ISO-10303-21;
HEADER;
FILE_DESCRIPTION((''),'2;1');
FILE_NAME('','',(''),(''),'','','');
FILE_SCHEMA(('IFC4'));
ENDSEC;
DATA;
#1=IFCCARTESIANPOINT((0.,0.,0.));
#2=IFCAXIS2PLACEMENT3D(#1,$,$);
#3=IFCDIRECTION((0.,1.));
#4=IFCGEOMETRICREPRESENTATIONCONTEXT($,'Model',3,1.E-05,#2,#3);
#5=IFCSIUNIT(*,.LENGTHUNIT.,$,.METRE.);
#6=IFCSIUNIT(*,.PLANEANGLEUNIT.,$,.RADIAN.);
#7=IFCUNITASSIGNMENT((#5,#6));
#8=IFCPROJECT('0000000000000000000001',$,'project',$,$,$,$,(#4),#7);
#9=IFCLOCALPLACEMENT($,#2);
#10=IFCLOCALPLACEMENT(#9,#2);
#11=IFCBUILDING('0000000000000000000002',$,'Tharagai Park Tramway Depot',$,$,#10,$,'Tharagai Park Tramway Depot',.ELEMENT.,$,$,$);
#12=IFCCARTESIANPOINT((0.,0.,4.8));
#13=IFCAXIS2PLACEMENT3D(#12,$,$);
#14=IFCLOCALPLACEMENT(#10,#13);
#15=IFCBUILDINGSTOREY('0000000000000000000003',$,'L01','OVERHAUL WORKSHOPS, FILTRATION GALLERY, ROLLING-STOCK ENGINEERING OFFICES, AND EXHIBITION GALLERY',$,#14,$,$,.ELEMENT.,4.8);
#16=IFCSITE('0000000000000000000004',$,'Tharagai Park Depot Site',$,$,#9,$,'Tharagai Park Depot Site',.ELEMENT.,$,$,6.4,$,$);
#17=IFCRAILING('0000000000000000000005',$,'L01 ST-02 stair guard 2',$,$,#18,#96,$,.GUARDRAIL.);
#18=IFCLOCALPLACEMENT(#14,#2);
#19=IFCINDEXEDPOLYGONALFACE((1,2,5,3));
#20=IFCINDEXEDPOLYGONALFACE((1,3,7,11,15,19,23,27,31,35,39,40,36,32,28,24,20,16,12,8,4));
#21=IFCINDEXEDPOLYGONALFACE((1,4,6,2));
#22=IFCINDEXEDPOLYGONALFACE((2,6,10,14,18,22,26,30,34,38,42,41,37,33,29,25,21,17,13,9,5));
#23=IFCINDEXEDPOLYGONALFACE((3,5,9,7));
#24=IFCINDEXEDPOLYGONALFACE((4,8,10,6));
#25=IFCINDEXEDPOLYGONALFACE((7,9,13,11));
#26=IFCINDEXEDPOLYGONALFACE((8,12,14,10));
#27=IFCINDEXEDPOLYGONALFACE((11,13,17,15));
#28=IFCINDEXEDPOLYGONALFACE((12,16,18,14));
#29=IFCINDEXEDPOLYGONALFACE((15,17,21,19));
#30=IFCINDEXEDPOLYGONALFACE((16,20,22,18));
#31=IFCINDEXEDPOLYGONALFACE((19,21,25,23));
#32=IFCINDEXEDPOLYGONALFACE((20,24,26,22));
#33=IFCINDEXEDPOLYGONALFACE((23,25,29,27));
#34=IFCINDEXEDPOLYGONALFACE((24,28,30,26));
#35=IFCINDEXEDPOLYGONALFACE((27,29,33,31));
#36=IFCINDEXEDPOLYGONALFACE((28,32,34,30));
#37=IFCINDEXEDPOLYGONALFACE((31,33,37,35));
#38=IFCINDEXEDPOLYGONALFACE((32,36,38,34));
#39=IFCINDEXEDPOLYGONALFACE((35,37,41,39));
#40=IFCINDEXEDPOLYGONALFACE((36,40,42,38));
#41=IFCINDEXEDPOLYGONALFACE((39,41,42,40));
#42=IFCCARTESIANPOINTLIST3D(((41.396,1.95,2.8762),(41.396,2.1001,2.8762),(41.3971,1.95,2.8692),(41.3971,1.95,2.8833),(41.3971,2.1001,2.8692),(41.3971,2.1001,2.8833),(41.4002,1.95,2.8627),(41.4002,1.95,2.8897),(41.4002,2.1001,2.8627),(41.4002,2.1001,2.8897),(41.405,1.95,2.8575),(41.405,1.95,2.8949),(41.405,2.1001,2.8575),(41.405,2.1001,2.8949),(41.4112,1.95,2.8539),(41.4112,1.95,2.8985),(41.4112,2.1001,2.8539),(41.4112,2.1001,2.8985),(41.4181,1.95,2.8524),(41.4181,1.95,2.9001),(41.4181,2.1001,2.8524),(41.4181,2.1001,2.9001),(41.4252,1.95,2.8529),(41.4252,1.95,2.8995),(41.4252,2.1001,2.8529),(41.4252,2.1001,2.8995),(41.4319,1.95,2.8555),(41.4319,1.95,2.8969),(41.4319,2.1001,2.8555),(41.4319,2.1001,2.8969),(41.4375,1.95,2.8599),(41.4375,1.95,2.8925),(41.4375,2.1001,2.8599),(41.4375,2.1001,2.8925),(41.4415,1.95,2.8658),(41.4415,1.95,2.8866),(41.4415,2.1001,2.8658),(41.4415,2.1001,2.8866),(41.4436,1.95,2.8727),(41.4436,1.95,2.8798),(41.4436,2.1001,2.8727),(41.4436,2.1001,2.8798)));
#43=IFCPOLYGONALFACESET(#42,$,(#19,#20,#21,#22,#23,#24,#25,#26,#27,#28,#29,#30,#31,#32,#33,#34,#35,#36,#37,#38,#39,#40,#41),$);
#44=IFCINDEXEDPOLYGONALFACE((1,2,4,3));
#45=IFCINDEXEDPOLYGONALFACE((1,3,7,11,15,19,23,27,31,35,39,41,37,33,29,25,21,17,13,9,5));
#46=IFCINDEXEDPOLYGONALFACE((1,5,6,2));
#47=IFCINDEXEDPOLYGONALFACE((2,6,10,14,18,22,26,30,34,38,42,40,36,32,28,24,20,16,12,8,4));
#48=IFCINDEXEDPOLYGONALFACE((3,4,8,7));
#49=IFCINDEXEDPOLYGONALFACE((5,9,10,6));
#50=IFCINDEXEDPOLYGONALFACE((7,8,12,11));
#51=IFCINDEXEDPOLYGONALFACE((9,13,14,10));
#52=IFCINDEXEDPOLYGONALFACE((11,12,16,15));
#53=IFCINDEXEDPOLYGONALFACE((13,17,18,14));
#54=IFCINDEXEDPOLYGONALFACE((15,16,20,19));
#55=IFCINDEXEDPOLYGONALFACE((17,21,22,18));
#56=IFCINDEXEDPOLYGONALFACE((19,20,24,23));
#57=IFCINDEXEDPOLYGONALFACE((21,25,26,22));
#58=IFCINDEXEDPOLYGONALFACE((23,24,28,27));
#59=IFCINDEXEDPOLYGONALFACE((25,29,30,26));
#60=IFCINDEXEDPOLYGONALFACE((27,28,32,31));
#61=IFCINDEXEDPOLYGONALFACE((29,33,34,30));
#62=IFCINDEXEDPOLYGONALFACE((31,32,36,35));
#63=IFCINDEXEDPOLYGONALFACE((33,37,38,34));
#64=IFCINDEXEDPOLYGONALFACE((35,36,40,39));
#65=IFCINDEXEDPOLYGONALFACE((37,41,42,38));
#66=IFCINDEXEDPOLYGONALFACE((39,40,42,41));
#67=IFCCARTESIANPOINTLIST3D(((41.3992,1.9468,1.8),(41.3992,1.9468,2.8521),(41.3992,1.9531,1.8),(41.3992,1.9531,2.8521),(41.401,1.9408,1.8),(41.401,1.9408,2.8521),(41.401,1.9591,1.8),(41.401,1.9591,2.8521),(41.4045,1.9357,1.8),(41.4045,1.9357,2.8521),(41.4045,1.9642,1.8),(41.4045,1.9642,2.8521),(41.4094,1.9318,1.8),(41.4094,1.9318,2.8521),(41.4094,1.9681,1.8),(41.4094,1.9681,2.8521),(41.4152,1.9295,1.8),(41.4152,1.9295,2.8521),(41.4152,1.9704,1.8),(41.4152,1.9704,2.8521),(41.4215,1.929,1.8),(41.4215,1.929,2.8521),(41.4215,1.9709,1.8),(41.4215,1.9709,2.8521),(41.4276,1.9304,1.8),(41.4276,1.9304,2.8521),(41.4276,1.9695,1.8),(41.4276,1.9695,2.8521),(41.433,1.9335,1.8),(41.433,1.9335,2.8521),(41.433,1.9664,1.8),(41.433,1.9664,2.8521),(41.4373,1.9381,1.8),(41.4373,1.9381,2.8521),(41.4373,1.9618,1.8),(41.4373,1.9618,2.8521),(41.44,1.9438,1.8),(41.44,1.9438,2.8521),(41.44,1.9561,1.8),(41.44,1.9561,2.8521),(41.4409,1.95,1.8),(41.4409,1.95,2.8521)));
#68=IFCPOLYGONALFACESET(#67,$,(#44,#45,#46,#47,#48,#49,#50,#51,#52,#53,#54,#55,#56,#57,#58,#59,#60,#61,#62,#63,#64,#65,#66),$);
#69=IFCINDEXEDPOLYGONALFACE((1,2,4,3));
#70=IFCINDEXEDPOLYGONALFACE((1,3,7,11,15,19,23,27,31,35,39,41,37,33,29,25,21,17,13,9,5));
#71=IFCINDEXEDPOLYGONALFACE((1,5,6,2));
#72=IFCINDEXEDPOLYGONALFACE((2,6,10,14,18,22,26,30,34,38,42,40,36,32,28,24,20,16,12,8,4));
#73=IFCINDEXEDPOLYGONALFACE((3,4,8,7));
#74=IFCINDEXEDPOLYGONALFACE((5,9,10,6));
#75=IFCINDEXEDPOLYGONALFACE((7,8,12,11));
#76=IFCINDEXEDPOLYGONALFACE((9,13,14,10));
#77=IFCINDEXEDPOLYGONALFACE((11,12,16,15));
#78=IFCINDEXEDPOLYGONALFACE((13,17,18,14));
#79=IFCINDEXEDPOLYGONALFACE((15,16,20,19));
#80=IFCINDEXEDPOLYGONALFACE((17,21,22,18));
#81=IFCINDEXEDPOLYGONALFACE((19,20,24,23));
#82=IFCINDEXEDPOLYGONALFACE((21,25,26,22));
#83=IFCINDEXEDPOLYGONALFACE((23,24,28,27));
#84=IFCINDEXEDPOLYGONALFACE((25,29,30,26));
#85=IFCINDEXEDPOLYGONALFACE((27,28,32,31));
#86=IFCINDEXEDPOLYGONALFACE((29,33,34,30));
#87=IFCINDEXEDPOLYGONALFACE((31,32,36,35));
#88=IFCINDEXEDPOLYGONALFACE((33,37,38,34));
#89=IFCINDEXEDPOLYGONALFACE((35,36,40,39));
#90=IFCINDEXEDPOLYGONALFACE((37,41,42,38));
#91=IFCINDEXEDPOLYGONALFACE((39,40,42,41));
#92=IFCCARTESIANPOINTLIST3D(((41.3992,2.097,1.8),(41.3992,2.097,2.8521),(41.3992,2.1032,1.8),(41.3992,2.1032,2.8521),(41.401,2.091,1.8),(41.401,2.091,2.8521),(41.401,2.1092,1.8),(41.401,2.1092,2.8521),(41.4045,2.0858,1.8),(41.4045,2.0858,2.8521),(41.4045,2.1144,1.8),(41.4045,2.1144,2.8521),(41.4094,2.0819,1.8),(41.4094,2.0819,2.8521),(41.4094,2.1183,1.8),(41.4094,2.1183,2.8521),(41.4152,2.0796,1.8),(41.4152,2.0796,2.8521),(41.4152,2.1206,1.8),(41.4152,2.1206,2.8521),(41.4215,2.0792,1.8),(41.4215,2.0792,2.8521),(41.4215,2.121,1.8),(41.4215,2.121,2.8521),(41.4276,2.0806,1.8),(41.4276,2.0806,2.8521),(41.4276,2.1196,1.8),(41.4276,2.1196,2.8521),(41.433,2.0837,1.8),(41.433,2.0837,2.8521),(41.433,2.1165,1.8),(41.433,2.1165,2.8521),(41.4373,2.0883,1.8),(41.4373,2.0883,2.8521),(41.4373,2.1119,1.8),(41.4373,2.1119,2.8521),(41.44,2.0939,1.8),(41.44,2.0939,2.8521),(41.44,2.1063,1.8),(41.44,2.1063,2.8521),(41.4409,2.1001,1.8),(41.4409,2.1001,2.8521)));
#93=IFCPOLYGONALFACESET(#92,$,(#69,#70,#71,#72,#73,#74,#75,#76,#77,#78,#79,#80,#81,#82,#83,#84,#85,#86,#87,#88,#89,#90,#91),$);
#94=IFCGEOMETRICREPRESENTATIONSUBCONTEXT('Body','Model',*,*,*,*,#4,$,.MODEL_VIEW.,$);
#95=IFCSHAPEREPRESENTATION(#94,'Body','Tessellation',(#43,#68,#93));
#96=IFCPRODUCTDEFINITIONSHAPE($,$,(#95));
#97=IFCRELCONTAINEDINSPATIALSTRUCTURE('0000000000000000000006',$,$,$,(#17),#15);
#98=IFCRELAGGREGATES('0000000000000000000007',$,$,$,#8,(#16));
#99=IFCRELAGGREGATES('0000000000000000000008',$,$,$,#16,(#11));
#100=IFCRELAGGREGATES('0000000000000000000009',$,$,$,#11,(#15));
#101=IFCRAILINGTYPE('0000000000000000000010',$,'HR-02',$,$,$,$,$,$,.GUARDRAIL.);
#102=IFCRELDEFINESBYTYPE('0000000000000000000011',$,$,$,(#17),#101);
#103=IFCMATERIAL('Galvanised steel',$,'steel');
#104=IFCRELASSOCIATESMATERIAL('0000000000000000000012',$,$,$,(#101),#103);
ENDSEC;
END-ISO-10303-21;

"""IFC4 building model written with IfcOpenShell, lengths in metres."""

from ifc_helpers import new_model, si_unit, direction, frame, origin, origin_2d, place, context, subcontext, project, spatial, circle, extrude, material, type_object, element, save


model = new_model("IFC4")

# Units and contexts
model_context = context("Model", 3, precision=1e-05, world=origin(), true_north=direction((0.0, 1.0)))
body_context = subcontext(model_context, "Body", "Model", "MODEL_VIEW")
ifc_project = project(units=[si_unit("LENGTHUNIT", "METRE"), si_unit("PLANEANGLEUNIT", "RADIAN")], contexts=[model_context])

# Site, building, storey
site_placement = place(None, origin())
site = spatial("IfcSite", under=ifc_project, at=site_placement, Name="Tharagai Park Depot Site", LongName="Tharagai Park Depot Site", CompositionType="ELEMENT", RefElevation=6.4)
building_placement = place(site_placement, origin())
building = spatial("IfcBuilding", under=site, at=building_placement, Name="Tharagai Park Tramway Depot", LongName="Tharagai Park Tramway Depot", CompositionType="ELEMENT")
storey_placement = place(building_placement, frame((0.0, 0.0, 4.8)))
storey = spatial("IfcBuildingStorey", under=building, at=storey_placement, Name="L01", Description="OVERHAUL WORKSHOPS, FILTRATION GALLERY, ROLLING-STOCK ENGINEERING OFFICES, AND EXHIBITION GALLERY", CompositionType="ELEMENT", Elevation=4.8)

# Railing
ifc_material_1 = material(Name="Galvanised steel", Category="steel")
railing_type_1 = type_object("IfcRailingType", Name="HR-02", PredefinedType="GUARDRAIL", material=ifc_material_1)
railing_1_placement = place(storey_placement, frame((41.4199, 1.95, 1.8)))
element("IfcRailing", 1, at=railing_1_placement, inside=storey, type_object=railing_type_1, Name="L01 ST-02 stair guard 2", PredefinedType="GUARDRAIL", context=body_context, shape_type="SweptSolid", body=[
    extrude(circle(Radius=0.0239, at=origin_2d()), frame((0.0, 0.0, 1.0762), z_axis=(0.0, 1.0, 0.0), x_axis=(-1.0, 0.0, 0.0)), (0.0, 0.0, 1.0), 0.1501),
    extrude(circle(Radius=0.021, at=origin_2d()), origin(), (0.0, 0.0, 1.0), 1.052),
    extrude(circle(Radius=0.021, at=origin_2d()), frame((0.0, 0.1501, 0.0)), (0.0, 0.0, 1.0), 1.052),
])

save(model, "model.ifc")
